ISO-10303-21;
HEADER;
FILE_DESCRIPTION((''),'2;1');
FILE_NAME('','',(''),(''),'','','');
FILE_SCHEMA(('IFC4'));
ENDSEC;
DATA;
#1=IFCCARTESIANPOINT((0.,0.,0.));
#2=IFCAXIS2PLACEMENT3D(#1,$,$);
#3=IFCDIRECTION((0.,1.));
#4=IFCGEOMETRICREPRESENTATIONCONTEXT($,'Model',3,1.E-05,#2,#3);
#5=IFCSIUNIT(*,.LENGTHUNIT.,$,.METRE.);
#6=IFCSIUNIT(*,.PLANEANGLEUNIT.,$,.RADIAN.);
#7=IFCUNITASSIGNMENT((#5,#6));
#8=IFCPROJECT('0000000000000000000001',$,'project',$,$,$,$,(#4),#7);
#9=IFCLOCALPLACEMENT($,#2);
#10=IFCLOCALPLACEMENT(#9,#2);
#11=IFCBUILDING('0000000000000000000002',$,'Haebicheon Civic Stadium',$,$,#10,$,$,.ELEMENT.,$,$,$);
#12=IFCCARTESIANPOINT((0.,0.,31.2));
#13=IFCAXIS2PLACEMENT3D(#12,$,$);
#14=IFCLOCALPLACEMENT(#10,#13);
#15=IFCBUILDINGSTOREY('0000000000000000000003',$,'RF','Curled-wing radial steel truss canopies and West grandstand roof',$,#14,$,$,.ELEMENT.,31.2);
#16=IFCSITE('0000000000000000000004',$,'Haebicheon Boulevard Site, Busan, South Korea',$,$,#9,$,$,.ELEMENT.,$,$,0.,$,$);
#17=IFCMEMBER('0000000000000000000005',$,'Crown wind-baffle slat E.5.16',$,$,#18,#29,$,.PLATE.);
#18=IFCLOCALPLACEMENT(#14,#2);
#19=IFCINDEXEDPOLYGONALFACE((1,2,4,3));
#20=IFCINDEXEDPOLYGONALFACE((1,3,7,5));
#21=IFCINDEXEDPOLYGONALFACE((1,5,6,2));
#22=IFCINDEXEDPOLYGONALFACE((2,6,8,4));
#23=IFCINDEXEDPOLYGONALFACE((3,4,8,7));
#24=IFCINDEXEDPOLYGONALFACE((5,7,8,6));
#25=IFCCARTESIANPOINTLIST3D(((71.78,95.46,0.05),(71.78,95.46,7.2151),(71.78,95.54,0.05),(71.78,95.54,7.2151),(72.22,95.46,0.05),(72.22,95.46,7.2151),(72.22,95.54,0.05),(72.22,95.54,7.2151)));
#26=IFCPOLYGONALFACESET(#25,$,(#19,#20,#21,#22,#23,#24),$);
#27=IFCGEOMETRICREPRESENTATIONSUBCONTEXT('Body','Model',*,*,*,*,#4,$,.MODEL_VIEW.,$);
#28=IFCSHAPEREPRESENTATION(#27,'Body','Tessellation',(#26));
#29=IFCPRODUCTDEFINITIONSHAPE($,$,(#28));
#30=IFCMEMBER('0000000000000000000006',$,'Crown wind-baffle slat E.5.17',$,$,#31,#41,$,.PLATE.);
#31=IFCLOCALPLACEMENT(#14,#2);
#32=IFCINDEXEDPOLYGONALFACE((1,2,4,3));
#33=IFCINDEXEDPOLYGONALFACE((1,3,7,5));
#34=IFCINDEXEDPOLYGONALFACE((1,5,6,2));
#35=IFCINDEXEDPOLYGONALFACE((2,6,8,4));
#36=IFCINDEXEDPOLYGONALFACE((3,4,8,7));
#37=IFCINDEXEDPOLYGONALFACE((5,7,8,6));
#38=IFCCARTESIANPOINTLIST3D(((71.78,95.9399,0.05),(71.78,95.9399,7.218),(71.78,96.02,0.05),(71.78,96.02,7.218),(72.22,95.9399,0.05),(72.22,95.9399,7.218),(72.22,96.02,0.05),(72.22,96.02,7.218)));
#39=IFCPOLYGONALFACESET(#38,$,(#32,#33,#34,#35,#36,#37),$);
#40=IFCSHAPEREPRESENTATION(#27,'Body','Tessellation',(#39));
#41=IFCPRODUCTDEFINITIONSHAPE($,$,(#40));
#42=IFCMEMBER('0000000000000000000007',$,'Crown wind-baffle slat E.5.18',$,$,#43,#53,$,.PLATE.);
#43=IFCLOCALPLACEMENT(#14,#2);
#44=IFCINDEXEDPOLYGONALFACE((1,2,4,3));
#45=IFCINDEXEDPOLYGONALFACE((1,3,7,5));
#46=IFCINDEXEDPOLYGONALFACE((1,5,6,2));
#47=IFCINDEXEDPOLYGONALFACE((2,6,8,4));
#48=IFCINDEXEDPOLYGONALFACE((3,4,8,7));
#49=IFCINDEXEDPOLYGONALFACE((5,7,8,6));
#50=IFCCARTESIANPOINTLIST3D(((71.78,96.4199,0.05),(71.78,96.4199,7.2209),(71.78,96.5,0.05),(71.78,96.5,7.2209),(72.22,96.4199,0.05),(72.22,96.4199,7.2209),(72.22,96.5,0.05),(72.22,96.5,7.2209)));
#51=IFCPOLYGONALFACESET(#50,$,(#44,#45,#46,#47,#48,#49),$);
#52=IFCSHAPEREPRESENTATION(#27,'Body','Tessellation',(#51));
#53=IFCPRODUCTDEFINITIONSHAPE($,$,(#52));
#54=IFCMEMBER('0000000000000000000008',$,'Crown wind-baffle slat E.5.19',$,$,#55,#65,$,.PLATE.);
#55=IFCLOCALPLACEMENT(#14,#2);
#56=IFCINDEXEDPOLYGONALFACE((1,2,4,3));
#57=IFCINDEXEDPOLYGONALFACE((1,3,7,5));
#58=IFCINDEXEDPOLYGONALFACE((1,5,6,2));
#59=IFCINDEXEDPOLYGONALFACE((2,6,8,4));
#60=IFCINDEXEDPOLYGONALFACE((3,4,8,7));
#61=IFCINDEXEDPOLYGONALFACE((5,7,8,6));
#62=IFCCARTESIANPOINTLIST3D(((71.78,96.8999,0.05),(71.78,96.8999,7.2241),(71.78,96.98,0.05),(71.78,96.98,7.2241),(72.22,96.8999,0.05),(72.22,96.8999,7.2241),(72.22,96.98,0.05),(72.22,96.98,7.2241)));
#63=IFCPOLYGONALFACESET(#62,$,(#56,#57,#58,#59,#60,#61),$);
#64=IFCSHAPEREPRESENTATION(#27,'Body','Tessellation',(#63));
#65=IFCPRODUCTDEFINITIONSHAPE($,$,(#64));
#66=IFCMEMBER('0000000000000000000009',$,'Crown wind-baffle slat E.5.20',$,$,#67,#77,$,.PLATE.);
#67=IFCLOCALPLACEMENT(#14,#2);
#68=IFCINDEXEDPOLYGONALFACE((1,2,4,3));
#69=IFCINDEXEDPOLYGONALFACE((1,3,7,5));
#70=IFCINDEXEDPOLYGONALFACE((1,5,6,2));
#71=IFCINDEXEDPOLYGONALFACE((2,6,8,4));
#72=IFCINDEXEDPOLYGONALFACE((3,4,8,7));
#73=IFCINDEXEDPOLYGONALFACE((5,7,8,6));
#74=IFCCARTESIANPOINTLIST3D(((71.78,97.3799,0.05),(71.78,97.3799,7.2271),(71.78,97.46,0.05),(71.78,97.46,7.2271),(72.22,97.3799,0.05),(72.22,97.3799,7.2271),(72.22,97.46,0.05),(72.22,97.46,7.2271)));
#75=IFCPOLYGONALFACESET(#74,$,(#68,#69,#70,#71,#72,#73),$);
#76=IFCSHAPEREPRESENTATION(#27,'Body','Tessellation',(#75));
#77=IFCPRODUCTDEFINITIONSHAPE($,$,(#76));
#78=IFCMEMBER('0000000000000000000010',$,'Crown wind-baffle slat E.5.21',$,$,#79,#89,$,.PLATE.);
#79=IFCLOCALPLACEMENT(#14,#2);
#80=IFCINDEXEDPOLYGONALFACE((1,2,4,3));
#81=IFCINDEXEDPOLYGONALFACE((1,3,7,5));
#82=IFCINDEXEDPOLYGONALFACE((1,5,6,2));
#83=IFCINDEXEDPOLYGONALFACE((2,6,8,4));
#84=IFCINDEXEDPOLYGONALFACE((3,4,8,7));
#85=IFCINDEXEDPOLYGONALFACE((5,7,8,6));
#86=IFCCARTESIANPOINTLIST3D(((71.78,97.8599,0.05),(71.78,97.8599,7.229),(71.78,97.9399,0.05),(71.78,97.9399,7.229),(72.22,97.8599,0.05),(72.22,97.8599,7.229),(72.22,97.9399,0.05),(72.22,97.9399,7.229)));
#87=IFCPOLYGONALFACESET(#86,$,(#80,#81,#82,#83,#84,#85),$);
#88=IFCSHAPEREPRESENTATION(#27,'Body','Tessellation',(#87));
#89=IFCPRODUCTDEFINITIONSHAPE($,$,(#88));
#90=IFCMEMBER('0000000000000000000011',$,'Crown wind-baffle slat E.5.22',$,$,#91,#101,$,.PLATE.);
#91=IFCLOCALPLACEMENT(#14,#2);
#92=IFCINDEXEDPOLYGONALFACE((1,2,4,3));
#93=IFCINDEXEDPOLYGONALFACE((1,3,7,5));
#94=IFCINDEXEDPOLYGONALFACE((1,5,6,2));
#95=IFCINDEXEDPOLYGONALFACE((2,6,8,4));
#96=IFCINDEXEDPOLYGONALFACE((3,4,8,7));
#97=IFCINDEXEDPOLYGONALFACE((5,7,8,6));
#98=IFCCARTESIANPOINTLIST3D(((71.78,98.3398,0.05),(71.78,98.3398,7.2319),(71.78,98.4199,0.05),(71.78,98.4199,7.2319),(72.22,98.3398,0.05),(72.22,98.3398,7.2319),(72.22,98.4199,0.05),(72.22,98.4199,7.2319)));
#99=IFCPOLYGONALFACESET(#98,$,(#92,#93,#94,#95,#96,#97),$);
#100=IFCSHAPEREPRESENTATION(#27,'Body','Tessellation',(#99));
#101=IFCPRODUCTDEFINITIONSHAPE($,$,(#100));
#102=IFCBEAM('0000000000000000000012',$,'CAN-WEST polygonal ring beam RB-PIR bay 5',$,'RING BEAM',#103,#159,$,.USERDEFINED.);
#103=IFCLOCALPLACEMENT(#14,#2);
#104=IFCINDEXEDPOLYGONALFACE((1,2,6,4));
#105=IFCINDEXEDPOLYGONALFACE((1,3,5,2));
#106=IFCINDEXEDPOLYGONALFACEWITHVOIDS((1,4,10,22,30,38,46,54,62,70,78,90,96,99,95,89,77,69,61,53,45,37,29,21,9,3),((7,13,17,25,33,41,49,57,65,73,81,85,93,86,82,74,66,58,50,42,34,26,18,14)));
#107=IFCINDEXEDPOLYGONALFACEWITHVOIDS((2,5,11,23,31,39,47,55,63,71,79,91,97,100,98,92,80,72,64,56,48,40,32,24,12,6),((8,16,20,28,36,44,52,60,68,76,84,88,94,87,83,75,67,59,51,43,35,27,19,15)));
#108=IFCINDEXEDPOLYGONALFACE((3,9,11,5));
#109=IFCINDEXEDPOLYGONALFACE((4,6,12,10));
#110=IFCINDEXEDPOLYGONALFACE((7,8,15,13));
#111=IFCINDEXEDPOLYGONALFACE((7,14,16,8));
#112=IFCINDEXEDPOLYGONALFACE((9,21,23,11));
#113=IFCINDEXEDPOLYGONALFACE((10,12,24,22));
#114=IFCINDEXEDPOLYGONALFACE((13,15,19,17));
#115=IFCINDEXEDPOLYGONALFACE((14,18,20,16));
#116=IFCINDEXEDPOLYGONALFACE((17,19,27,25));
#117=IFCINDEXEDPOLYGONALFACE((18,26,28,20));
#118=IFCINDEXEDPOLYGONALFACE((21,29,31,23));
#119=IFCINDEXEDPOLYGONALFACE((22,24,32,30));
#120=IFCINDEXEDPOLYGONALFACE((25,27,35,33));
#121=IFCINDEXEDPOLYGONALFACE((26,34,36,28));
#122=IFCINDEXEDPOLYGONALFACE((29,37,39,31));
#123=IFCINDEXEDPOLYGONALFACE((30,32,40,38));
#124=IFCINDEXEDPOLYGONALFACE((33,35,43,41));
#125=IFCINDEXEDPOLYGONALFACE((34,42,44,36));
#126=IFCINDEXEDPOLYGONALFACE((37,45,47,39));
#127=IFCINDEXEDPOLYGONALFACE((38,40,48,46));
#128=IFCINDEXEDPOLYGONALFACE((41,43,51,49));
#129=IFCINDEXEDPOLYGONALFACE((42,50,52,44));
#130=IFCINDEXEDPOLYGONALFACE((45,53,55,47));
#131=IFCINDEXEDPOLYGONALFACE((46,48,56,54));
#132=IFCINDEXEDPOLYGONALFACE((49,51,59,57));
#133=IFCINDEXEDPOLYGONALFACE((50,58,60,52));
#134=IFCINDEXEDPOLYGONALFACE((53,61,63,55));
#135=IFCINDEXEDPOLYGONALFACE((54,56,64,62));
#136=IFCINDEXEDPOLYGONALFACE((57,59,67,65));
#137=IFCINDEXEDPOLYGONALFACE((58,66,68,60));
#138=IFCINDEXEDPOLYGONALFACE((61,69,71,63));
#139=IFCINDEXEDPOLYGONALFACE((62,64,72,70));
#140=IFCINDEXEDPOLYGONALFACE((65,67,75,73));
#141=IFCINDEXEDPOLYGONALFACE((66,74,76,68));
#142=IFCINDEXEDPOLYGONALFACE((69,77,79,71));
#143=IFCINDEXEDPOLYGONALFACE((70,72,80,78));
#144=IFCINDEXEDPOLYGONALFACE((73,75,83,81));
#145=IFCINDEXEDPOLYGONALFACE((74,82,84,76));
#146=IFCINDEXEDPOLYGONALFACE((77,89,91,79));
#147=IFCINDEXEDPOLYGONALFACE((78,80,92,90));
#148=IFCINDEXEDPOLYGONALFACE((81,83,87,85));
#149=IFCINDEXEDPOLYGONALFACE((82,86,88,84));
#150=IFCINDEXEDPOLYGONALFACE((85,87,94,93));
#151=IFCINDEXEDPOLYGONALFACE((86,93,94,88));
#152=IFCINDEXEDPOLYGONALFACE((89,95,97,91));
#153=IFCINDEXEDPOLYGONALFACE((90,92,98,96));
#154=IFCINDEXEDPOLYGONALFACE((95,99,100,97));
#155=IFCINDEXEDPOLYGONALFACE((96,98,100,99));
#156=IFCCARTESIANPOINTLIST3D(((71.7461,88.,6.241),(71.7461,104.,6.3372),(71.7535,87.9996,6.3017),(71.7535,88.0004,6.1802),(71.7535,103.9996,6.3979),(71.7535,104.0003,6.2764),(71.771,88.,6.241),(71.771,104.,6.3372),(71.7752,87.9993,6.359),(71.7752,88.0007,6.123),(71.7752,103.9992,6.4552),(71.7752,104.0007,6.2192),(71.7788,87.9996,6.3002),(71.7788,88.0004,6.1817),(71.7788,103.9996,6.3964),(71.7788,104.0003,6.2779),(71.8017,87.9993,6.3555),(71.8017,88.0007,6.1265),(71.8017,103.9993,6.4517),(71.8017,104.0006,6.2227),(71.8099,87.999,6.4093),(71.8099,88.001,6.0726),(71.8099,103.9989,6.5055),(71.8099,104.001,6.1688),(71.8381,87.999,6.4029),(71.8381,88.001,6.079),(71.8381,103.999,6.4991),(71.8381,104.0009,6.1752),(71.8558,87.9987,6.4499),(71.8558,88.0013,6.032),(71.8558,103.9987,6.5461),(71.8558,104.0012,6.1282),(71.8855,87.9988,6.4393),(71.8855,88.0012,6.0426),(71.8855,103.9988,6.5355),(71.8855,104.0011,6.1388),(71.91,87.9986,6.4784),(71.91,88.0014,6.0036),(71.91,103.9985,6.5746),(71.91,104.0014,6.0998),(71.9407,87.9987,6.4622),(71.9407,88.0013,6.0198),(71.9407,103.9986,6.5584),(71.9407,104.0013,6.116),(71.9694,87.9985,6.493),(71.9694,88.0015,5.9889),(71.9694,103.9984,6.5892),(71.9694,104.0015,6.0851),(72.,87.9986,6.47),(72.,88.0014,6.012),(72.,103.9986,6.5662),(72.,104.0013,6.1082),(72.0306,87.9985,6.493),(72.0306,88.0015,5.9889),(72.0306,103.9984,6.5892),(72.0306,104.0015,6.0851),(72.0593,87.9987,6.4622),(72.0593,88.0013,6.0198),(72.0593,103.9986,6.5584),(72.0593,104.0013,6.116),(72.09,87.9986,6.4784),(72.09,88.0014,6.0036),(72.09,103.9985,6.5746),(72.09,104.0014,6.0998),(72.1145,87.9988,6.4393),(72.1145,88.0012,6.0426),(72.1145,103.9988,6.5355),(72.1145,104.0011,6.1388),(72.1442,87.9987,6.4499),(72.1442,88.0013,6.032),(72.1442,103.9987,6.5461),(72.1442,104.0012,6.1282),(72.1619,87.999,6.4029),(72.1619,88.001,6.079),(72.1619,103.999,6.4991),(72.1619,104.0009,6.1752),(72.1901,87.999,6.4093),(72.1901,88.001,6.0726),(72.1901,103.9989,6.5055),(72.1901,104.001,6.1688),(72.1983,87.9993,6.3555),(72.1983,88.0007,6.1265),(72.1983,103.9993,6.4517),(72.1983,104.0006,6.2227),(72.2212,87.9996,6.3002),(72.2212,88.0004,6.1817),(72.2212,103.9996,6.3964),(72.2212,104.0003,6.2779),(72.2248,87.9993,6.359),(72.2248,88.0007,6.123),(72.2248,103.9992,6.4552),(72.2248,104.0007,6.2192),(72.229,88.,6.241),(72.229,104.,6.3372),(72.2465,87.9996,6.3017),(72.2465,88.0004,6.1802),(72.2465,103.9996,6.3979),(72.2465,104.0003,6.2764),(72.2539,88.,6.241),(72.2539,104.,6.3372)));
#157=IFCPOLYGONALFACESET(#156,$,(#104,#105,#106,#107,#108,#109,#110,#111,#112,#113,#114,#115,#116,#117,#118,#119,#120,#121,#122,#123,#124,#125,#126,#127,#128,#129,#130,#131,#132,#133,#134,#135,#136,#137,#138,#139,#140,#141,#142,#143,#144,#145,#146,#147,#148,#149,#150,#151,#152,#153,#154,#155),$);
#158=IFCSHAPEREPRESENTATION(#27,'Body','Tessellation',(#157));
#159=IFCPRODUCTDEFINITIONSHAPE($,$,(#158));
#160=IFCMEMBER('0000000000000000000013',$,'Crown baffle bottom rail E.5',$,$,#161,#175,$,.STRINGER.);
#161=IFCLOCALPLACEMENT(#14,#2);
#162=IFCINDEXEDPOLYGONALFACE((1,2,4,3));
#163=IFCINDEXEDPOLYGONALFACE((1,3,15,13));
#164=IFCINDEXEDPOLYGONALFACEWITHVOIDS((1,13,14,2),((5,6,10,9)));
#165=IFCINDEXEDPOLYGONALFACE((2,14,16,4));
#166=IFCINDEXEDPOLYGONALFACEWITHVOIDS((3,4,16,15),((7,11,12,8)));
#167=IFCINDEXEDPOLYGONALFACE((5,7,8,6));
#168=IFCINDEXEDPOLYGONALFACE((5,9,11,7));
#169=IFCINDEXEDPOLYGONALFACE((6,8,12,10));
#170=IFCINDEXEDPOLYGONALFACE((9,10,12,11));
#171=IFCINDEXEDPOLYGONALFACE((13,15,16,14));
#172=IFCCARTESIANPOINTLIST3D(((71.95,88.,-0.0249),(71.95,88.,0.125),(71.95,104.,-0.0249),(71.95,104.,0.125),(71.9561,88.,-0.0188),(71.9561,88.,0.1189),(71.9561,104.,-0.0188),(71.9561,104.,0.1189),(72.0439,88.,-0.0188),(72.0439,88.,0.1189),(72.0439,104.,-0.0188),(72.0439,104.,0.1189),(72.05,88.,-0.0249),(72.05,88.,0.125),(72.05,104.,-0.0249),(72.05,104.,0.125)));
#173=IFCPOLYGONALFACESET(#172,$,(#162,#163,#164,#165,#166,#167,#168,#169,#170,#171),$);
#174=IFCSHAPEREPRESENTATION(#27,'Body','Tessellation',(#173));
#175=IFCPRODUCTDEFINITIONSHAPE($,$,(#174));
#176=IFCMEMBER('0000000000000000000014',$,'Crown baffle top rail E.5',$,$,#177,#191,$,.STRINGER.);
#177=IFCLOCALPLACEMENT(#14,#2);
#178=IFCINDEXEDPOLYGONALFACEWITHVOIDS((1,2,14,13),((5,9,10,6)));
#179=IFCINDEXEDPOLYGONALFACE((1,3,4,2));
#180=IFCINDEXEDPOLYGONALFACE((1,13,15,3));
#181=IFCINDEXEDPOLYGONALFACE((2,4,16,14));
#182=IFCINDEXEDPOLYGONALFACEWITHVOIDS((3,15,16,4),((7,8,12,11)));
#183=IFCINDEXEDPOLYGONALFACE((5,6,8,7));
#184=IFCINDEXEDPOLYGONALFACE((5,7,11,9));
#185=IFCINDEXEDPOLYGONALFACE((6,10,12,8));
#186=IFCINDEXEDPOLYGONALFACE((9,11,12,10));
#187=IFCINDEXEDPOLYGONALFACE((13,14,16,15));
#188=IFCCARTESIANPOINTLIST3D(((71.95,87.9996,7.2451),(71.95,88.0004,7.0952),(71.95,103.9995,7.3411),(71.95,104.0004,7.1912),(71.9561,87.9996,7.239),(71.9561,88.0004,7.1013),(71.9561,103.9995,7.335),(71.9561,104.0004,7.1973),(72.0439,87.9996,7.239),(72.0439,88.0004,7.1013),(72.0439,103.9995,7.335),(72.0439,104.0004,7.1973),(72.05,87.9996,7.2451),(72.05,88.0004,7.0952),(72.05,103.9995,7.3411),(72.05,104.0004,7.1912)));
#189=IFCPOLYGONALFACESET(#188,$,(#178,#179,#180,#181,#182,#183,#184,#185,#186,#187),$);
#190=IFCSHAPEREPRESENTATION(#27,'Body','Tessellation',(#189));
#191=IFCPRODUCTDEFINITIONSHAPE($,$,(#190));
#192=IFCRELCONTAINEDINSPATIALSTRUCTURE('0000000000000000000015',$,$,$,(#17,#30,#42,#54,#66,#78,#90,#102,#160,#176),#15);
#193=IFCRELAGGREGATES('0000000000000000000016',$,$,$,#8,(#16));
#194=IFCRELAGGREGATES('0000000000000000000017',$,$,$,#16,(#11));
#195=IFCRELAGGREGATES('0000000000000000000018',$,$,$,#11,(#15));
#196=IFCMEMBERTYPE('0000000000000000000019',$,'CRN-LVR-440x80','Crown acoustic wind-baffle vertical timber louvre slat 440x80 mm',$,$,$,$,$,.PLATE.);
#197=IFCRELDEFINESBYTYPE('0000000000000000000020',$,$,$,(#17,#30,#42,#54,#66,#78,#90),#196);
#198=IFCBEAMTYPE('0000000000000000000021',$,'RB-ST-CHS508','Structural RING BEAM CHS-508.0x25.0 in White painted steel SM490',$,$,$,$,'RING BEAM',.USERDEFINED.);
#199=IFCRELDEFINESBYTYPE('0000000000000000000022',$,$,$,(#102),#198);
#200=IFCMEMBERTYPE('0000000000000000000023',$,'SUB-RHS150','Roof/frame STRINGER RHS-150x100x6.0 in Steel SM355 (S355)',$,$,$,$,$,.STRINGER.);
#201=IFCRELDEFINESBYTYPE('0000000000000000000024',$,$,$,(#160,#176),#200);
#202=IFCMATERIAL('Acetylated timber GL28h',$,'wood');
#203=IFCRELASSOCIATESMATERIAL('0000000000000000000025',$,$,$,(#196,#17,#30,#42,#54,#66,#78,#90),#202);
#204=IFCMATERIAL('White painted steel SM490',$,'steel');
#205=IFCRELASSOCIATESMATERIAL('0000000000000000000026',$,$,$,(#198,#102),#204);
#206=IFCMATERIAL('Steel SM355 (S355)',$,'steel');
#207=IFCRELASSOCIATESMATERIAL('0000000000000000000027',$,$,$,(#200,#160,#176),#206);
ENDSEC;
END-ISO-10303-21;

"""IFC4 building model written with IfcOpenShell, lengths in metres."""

from ifc_helpers import new_model, si_unit, direction, frame, origin, origin_2d, place, context, subcontext, project, spatial, rectangle, hollow_rectangle, hollow_circle, extrude, material, material_profile, profile_set, type_object, element, save


model = new_model("IFC4")

# Units and contexts
model_context = context("Model", 3, precision=1e-05, world=origin(), true_north=direction((0.0, 1.0)))
body_context = subcontext(model_context, "Body", "Model", "MODEL_VIEW")
ifc_project = project(units=[si_unit("LENGTHUNIT", "METRE"), si_unit("PLANEANGLEUNIT", "RADIAN")], contexts=[model_context])

# Site, building, storey
site_placement = place(None, origin())
site = spatial("IfcSite", under=ifc_project, at=site_placement, Name="Haebicheon Boulevard Site, Busan, South Korea", CompositionType="ELEMENT", RefElevation=0.0)
building_placement = place(site_placement, origin())
building = spatial("IfcBuilding", under=site, at=building_placement, Name="Haebicheon Civic Stadium", CompositionType="ELEMENT")
storey_placement = place(building_placement, frame((0.0, 0.0, 31.2)))
storey = spatial("IfcBuildingStorey", under=building, at=storey_placement, Name="RF", Description="Curled-wing radial steel truss canopies and West grandstand roof", CompositionType="ELEMENT", Elevation=31.2)

# Members
ifc_material_1 = material(Name="Acetylated timber GL28h", Category="wood")
ifc_material_profile_1 = material_profile(ifc_material_1, rectangle(XDim=0.0801, YDim=0.4399, at=origin_2d()), Name="TMB-LOUV-80x440")
ifc_profile_set_1 = profile_set([ifc_material_profile_1], Name="Acetylated timber GL28h")
member_type_1 = type_object("IfcMemberType", Name="CRN-LVR-440x80", Description="Crown acoustic wind-baffle vertical timber louvre slat 440x80 mm", PredefinedType="PLATE", material=ifc_profile_set_1)
member_1_placement = place(storey_placement, frame((72.0, 95.5, 0.05), z_axis=(0.0, 0.0, 1.0), x_axis=(0.0, 1.0, 0.0)))
element("IfcMember", 1, at=member_1_placement, inside=storey, type_object=member_type_1, material=ifc_profile_set_1, Name="Crown wind-baffle slat E.5.16", PredefinedType="PLATE", context=body_context, shape_type="SweptSolid", body=[
    extrude(rectangle(XDim=0.0801, YDim=0.4399, at=origin_2d()), origin(), (0.0, 0.0, 1.0), 7.165),
])
member_2_placement = place(storey_placement, frame((72.0, 95.98, 0.05), z_axis=(0.0, 0.0, 1.0), x_axis=(0.0, 1.0, 0.0)))
element("IfcMember", 2, at=member_2_placement, inside=storey, type_object=member_type_1, material=ifc_profile_set_1, Name="Crown wind-baffle slat E.5.17", PredefinedType="PLATE", context=body_context, shape_type="SweptSolid", body=[
    extrude(rectangle(XDim=0.0801, YDim=0.4399, at=origin_2d()), origin(), (0.0, 0.0, 1.0), 7.168),
])
member_3_placement = place(storey_placement, frame((72.0, 96.46, 0.05), z_axis=(0.0, 0.0, 1.0), x_axis=(0.0, 1.0, 0.0)))
element("IfcMember", 3, at=member_3_placement, inside=storey, type_object=member_type_1, material=ifc_profile_set_1, Name="Crown wind-baffle slat E.5.18", PredefinedType="PLATE", context=body_context, shape_type="SweptSolid", body=[
    extrude(rectangle(XDim=0.0801, YDim=0.4399, at=origin_2d()), origin(), (0.0, 0.0, 1.0), 7.1709),
])
member_4_placement = place(storey_placement, frame((72.0, 96.9399, 0.05), z_axis=(0.0, 0.0, 1.0), x_axis=(0.0, 1.0, 0.0)))
element("IfcMember", 4, at=member_4_placement, inside=storey, type_object=member_type_1, material=ifc_profile_set_1, Name="Crown wind-baffle slat E.5.19", PredefinedType="PLATE", context=body_context, shape_type="SweptSolid", body=[
    extrude(rectangle(XDim=0.0801, YDim=0.4399, at=origin_2d()), origin(), (0.0, 0.0, 1.0), 7.1741),
])
member_5_placement = place(storey_placement, frame((72.0, 97.4199, 0.05), z_axis=(0.0, 0.0, 1.0), x_axis=(0.0, 1.0, 0.0)))
element("IfcMember", 5, at=member_5_placement, inside=storey, type_object=member_type_1, material=ifc_profile_set_1, Name="Crown wind-baffle slat E.5.20", PredefinedType="PLATE", context=body_context, shape_type="SweptSolid", body=[
    extrude(rectangle(XDim=0.0801, YDim=0.4399, at=origin_2d()), origin(), (0.0, 0.0, 1.0), 7.177),
])
member_6_placement = place(storey_placement, frame((72.0, 97.8999, 0.05), z_axis=(0.0, 0.0, 1.0), x_axis=(0.0, 1.0, 0.0)))
element("IfcMember", 6, at=member_6_placement, inside=storey, type_object=member_type_1, material=ifc_profile_set_1, Name="Crown wind-baffle slat E.5.21", PredefinedType="PLATE", context=body_context, shape_type="SweptSolid", body=[
    extrude(rectangle(XDim=0.0801, YDim=0.4399, at=origin_2d()), origin(), (0.0, 0.0, 1.0), 7.179),
])
member_7_placement = place(storey_placement, frame((72.0, 98.3799, 0.05), z_axis=(0.0, 0.0, 1.0), x_axis=(0.0, 1.0, 0.0)))
element("IfcMember", 7, at=member_7_placement, inside=storey, type_object=member_type_1, material=ifc_profile_set_1, Name="Crown wind-baffle slat E.5.22", PredefinedType="PLATE", context=body_context, shape_type="SweptSolid", body=[
    extrude(rectangle(XDim=0.0801, YDim=0.4399, at=origin_2d()), origin(), (0.0, 0.0, 1.0), 7.1819),
])

# Beam
ifc_material_2 = material(Name="White painted steel SM490", Category="steel")
ifc_material_profile_2 = material_profile(ifc_material_2, hollow_circle(Radius=0.2539, WallThickness=0.0249, at=origin_2d()), Name="CHS-508.0x25.0")
ifc_profile_set_2 = profile_set([ifc_material_profile_2], Name="White painted steel SM490")
beam_type = type_object("IfcBeamType", Name="RB-ST-CHS508", Description="Structural RING BEAM CHS-508.0x25.0 in White painted steel SM490", ElementType="RING BEAM", PredefinedType="USERDEFINED", material=ifc_profile_set_2)
beam_placement = place(storey_placement, frame((72.0, 88.0, 6.241), z_axis=(0.0, 0.999982, 0.006012), x_axis=(-1.0, 0.0, 0.0)))
element("IfcBeam", 8, at=beam_placement, inside=storey, type_object=beam_type, material=ifc_profile_set_2, Name="CAN-WEST polygonal ring beam RB-PIR bay 5", ObjectType="RING BEAM", PredefinedType="USERDEFINED", context=body_context, shape_type="SweptSolid", body=[
    extrude(hollow_circle(Radius=0.2539, WallThickness=0.0249, at=origin_2d()), origin(), (0.0, 0.0, 1.0), 16.0002),
])

# Members
ifc_material_3 = material(Name="Steel SM355 (S355)", Category="steel")
ifc_material_profile_3 = material_profile(ifc_material_3, hollow_rectangle(XDim=0.1001, YDim=0.1499, WallThickness=0.0061, at=origin_2d()), Name="RHS-150x100x6.0")
ifc_profile_set_3 = profile_set([ifc_material_profile_3], Name="Steel SM355 (S355)")
member_type_2 = type_object("IfcMemberType", Name="SUB-RHS150", Description="Roof/frame STRINGER RHS-150x100x6.0 in Steel SM355 (S355)", PredefinedType="STRINGER", material=ifc_profile_set_3)
member_8_placement = place(storey_placement, frame((72.0, 88.0, 0.05), z_axis=(0.0, 1.0, 0.0), x_axis=(-1.0, 0.0, 0.0)))
element("IfcMember", 9, at=member_8_placement, inside=storey, type_object=member_type_2, material=ifc_profile_set_3, Name="Crown baffle bottom rail E.5", PredefinedType="STRINGER", context=body_context, shape_type="SweptSolid", body=[
    extrude(hollow_rectangle(XDim=0.1001, YDim=0.1499, WallThickness=0.0061, at=origin_2d()), origin(), (0.0, 0.0, 1.0), 16.0),
])
member_9_placement = place(storey_placement, frame((72.0, 88.0, 7.1702), z_axis=(0.0, 0.999982, 0.005997), x_axis=(-1.0, 0.0, 0.0)))
element("IfcMember", 10, at=member_9_placement, inside=storey, type_object=member_type_2, material=ifc_profile_set_3, Name="Crown baffle top rail E.5", PredefinedType="STRINGER", context=body_context, shape_type="SweptSolid", body=[
    extrude(hollow_rectangle(XDim=0.1001, YDim=0.1499, WallThickness=0.0061, at=origin_2d()), origin(), (0.0, 0.0, 1.0), 16.0002),
])

save(model, "model.ifc")
